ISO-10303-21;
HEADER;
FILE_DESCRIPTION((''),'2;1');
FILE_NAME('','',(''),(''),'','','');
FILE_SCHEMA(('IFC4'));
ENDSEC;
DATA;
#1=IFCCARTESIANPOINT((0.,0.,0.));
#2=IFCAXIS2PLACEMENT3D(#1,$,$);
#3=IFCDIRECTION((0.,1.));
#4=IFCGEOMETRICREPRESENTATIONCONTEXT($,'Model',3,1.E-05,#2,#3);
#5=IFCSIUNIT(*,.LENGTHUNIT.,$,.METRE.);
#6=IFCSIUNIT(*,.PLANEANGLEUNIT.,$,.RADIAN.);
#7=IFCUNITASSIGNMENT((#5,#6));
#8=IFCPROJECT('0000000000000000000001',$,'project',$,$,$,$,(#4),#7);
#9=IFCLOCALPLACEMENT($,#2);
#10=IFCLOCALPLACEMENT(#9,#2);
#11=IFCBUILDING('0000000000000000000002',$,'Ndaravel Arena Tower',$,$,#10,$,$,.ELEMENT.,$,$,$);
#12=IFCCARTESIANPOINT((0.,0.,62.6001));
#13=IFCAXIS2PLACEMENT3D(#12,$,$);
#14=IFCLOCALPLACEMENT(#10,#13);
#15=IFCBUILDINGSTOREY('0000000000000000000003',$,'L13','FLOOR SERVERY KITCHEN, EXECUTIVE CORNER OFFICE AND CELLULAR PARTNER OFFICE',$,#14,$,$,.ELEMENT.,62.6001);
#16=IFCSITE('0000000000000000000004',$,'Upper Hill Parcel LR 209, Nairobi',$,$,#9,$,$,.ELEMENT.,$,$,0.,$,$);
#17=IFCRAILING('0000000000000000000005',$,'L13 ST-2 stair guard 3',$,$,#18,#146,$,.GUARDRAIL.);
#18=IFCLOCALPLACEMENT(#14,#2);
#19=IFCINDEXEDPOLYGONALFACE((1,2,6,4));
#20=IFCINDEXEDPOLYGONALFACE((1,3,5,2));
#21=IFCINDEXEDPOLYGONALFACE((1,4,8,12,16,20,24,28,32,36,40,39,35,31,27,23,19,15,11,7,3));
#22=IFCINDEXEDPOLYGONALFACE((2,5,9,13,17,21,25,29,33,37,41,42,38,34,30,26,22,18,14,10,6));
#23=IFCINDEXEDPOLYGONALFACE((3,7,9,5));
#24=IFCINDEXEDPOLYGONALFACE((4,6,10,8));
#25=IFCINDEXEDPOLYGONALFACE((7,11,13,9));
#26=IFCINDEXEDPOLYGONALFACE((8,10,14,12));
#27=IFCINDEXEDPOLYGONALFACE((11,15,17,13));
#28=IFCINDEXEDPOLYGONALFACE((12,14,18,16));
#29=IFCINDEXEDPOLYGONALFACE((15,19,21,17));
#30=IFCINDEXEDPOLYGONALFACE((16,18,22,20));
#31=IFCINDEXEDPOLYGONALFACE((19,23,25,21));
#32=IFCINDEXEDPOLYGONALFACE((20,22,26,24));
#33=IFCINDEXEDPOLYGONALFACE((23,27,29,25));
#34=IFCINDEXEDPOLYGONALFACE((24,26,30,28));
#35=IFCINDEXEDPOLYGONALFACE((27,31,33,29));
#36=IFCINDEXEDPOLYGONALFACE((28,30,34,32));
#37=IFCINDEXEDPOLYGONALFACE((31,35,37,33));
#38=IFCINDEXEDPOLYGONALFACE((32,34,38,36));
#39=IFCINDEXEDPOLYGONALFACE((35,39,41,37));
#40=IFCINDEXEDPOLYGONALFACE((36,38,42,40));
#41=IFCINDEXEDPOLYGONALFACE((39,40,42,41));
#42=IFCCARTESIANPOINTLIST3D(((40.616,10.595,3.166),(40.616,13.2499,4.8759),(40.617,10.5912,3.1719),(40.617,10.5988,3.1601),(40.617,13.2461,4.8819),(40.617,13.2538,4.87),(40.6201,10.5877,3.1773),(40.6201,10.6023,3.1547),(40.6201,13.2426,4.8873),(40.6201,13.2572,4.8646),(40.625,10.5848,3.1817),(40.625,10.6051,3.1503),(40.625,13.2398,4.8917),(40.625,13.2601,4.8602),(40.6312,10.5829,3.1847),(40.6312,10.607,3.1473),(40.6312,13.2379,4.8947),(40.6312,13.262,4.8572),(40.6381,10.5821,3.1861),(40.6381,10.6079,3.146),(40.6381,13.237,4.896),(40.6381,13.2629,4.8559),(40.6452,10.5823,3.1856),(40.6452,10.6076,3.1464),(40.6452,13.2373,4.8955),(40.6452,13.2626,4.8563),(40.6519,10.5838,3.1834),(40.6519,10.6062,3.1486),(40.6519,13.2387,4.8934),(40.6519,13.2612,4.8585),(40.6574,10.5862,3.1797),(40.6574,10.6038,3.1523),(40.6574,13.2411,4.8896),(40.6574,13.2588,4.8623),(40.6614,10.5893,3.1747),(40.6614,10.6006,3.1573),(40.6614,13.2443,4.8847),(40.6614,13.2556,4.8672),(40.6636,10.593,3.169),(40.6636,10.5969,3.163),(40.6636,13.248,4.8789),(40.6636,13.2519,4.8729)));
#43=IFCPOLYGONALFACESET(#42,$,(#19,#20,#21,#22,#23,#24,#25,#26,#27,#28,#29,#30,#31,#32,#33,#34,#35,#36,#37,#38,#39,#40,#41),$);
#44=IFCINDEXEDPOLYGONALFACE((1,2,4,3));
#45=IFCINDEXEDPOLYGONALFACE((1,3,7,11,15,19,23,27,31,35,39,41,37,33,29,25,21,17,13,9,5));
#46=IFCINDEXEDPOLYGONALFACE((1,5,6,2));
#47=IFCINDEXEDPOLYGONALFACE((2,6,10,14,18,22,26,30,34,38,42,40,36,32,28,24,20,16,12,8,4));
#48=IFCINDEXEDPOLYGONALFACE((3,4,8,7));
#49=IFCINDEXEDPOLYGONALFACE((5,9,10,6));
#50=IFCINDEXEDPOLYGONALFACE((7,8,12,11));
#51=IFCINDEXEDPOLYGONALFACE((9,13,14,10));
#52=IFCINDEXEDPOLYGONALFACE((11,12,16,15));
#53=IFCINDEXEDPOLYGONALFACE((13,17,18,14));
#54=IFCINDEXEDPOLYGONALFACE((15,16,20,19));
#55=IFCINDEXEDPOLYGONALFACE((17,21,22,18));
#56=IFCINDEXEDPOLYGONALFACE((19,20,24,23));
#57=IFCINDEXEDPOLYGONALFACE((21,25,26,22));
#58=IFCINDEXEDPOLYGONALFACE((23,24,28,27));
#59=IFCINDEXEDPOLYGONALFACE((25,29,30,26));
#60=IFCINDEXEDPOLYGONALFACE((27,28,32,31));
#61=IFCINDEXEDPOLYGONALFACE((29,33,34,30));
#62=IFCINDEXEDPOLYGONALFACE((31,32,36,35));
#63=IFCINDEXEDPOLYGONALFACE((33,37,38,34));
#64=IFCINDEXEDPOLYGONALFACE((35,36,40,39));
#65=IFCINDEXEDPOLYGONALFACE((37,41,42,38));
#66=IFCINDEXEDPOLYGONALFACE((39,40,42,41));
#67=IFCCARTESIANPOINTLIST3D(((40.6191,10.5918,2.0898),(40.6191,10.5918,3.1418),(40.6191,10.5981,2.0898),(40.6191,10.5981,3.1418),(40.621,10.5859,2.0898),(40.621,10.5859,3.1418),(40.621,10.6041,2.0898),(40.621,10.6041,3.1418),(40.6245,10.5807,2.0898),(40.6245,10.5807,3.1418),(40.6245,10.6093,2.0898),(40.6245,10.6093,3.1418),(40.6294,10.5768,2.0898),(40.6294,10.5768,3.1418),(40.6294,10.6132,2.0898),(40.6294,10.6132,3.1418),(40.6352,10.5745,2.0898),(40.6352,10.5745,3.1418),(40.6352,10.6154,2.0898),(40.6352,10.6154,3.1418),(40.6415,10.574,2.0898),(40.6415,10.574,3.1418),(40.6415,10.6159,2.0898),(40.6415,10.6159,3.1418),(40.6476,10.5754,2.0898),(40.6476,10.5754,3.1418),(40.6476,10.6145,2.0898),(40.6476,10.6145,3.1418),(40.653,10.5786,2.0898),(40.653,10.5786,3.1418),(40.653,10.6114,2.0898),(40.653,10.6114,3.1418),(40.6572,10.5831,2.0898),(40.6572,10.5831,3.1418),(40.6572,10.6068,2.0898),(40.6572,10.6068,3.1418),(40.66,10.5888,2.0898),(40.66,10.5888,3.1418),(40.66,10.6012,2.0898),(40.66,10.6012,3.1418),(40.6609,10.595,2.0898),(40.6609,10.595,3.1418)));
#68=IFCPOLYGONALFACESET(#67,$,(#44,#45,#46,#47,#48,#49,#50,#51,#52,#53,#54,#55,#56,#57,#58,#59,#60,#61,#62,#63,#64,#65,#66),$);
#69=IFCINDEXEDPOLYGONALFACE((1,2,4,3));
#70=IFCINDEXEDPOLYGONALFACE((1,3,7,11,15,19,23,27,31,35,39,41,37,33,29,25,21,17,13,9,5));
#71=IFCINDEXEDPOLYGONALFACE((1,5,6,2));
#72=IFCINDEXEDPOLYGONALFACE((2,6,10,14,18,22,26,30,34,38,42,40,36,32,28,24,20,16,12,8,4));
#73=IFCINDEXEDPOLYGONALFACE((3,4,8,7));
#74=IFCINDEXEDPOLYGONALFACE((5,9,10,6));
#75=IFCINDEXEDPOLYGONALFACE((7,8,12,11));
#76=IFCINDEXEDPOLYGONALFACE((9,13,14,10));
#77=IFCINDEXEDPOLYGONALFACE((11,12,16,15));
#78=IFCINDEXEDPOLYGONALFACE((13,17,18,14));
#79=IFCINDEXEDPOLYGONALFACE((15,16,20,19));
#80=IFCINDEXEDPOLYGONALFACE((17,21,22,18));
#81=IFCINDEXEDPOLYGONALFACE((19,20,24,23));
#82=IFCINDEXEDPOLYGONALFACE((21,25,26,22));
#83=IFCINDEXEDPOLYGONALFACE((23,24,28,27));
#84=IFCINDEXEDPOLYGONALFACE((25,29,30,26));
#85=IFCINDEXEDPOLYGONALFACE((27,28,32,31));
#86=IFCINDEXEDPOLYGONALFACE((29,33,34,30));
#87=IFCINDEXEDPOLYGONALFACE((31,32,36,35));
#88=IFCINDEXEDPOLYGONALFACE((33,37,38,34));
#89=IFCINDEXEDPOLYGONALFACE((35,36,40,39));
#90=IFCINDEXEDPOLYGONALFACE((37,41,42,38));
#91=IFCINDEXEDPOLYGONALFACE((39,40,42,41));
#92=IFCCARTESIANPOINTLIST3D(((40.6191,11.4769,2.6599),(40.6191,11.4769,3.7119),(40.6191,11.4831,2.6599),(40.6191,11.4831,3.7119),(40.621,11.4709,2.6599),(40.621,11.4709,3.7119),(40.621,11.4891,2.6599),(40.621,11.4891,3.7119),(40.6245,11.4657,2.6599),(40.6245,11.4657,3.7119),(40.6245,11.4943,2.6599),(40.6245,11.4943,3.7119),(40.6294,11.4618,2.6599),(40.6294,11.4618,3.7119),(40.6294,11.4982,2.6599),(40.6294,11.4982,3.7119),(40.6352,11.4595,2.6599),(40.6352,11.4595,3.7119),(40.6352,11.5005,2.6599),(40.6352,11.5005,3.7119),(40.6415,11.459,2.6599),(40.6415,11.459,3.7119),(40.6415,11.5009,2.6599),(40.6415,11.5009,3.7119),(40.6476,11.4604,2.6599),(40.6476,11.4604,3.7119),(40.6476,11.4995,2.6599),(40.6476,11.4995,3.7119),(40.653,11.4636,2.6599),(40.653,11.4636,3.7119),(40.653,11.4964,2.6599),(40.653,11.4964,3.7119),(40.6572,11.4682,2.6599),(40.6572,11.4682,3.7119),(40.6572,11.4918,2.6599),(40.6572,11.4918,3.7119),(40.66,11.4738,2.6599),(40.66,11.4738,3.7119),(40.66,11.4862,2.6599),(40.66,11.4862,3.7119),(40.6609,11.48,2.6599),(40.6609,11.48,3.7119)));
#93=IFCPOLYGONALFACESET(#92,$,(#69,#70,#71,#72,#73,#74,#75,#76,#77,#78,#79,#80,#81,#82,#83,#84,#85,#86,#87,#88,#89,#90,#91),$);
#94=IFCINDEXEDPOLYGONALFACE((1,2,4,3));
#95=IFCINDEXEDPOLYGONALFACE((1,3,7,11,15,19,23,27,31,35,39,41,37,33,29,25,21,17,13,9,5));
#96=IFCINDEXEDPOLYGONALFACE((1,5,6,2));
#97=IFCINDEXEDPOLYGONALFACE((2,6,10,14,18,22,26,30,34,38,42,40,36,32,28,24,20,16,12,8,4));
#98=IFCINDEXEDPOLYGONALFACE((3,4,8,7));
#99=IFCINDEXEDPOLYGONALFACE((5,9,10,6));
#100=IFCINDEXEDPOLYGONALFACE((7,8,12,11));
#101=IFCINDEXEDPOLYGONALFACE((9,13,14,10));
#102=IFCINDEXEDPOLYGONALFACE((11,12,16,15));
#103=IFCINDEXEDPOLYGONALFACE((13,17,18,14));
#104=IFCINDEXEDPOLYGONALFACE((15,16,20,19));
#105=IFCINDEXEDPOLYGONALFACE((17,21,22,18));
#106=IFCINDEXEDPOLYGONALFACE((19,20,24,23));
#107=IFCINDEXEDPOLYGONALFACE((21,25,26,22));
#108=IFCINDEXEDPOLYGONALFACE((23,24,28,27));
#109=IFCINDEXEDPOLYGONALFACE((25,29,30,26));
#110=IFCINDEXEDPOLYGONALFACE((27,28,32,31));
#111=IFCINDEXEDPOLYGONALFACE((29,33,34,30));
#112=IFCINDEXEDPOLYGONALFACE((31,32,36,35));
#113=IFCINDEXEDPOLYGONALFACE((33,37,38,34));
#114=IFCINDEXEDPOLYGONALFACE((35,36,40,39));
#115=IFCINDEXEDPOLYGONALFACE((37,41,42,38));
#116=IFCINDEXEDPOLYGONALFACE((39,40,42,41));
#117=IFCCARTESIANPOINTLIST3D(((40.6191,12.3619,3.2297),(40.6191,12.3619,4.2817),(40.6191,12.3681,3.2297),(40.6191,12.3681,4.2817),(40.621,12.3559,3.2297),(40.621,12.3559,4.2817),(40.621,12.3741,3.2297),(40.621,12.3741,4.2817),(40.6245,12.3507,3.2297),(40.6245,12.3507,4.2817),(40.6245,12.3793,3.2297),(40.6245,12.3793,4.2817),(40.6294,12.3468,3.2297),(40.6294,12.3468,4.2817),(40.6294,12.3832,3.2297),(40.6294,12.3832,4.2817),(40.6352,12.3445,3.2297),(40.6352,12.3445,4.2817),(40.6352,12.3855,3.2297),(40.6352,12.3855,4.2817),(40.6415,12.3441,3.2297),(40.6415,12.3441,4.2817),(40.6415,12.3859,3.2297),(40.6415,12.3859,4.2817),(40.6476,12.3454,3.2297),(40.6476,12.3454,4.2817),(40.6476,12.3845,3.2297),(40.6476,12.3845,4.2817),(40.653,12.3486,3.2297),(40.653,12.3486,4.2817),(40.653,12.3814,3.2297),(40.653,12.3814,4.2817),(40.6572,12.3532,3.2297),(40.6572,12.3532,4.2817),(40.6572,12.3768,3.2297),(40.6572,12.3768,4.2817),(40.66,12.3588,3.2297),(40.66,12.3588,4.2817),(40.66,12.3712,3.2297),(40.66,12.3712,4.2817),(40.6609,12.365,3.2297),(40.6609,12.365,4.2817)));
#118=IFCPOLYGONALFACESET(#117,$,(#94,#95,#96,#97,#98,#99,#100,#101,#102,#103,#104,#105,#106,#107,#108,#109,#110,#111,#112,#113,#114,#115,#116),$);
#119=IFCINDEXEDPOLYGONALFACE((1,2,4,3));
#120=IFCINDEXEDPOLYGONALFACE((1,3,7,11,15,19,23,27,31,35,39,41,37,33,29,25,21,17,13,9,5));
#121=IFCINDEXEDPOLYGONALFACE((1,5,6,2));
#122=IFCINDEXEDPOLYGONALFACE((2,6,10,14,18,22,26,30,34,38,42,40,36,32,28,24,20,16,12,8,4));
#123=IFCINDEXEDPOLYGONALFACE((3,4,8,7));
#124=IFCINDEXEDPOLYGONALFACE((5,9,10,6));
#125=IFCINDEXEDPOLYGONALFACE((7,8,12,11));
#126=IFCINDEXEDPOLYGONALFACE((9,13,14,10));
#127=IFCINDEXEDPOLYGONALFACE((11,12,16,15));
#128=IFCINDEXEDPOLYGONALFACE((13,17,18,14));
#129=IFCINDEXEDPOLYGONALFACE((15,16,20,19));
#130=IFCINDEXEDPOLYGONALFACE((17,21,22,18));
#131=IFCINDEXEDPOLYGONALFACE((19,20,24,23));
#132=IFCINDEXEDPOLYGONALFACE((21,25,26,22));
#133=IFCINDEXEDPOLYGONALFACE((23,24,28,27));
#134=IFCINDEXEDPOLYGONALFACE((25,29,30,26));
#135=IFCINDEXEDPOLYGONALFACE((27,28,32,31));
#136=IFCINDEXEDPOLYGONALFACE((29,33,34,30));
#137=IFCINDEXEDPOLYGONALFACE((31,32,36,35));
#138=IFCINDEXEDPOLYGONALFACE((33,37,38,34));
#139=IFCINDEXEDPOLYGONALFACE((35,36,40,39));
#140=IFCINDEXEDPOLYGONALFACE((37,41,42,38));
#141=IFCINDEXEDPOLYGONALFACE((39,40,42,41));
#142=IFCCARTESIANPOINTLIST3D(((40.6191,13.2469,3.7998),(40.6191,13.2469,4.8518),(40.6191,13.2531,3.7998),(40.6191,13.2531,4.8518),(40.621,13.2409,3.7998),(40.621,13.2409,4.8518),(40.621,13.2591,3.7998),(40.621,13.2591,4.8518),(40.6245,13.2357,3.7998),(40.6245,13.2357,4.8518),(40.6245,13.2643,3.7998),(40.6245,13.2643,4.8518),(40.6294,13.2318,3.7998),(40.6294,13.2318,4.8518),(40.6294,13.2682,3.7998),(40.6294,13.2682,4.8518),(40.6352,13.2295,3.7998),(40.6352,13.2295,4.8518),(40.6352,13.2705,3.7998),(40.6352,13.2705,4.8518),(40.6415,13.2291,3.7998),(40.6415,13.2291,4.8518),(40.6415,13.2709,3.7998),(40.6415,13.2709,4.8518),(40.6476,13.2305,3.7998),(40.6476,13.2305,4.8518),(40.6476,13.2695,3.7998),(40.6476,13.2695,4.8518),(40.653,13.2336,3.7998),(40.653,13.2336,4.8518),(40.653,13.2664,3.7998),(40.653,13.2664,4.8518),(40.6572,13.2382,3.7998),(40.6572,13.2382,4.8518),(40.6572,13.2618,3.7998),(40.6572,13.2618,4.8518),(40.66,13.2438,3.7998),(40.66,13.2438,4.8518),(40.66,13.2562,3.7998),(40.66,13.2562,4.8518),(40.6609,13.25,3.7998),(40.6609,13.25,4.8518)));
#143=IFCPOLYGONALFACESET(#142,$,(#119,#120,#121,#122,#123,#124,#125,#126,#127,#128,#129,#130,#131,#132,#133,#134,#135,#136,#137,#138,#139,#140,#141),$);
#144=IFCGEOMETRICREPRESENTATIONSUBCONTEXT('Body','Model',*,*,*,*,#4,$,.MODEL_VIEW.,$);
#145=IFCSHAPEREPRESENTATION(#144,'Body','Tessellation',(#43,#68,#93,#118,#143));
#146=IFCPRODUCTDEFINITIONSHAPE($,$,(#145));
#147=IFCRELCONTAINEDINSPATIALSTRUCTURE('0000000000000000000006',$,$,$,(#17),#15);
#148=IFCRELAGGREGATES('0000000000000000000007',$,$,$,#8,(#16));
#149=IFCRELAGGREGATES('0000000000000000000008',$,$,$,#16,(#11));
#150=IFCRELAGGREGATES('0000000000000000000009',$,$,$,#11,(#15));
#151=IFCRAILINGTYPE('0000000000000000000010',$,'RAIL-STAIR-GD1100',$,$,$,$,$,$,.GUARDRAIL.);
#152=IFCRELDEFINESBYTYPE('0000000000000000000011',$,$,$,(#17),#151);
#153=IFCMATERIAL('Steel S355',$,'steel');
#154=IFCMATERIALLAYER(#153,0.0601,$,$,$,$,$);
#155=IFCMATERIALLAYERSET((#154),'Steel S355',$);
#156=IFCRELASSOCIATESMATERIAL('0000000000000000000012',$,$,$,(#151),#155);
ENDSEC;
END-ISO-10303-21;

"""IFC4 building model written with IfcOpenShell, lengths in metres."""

from ifc_helpers import new_model, si_unit, direction, frame, origin, origin_2d, place, context, subcontext, project, spatial, circle, extrude, material, layer, layer_set, type_object, element, save


model = new_model("IFC4")

# Units and contexts
model_context = context("Model", 3, precision=1e-05, world=origin(), true_north=direction((0.0, 1.0)))
body_context = subcontext(model_context, "Body", "Model", "MODEL_VIEW")
ifc_project = project(units=[si_unit("LENGTHUNIT", "METRE"), si_unit("PLANEANGLEUNIT", "RADIAN")], contexts=[model_context])

# Site, building, storey
site_placement = place(None, origin())
site = spatial("IfcSite", under=ifc_project, at=site_placement, Name="Upper Hill Parcel LR 209, Nairobi", CompositionType="ELEMENT", RefElevation=0.0)
building_placement = place(site_placement, origin())
building = spatial("IfcBuilding", under=site, at=building_placement, Name="Ndaravel Arena Tower", CompositionType="ELEMENT")
storey_placement = place(building_placement, frame((0.0, 0.0, 62.6001)))
storey = spatial("IfcBuildingStorey", under=building, at=storey_placement, Name="L13", Description="FLOOR SERVERY KITCHEN, EXECUTIVE CORNER OFFICE AND CELLULAR PARTNER OFFICE", CompositionType="ELEMENT", Elevation=62.6001)

# Railing
ifc_material_1 = material(Name="Steel S355", Category="steel")
ifc_layer_1 = layer(ifc_material_1, 0.0601)
ifc_layer_set_1 = layer_set([ifc_layer_1], Name="Steel S355")
railing_type_1 = type_object("IfcRailingType", Name="RAIL-STAIR-GD1100", PredefinedType="GUARDRAIL", material=ifc_layer_set_1)
railing_1_placement = place(storey_placement, frame((40.6399, 10.595, 2.0898)))
element("IfcRailing", 1, at=railing_1_placement, inside=storey, type_object=railing_type_1, Name="L13 ST-2 stair guard 3", PredefinedType="GUARDRAIL", context=body_context, shape_type="SweptSolid", body=[
    extrude(circle(Radius=0.0239, at=origin_2d()), frame((0.0, 0.0, 1.0762), z_axis=(0.0, 0.840724, 0.541465), x_axis=(-1.0, 0.0, 0.0)), (0.0, 0.0, 1.0), 3.158),
    extrude(circle(Radius=0.021, at=origin_2d()), origin(), (0.0, 0.0, 1.0), 1.052),
    extrude(circle(Radius=0.021, at=origin_2d()), frame((0.0, 0.885, 0.5701)), (0.0, 0.0, 1.0), 1.052),
    extrude(circle(Radius=0.021, at=origin_2d()), frame((0.0, 1.77, 1.1399)), (0.0, 0.0, 1.0), 1.052),
    extrude(circle(Radius=0.021, at=origin_2d()), frame((0.0, 2.655, 1.71)), (0.0, 0.0, 1.0), 1.052),
])

save(model, "model.ifc")
